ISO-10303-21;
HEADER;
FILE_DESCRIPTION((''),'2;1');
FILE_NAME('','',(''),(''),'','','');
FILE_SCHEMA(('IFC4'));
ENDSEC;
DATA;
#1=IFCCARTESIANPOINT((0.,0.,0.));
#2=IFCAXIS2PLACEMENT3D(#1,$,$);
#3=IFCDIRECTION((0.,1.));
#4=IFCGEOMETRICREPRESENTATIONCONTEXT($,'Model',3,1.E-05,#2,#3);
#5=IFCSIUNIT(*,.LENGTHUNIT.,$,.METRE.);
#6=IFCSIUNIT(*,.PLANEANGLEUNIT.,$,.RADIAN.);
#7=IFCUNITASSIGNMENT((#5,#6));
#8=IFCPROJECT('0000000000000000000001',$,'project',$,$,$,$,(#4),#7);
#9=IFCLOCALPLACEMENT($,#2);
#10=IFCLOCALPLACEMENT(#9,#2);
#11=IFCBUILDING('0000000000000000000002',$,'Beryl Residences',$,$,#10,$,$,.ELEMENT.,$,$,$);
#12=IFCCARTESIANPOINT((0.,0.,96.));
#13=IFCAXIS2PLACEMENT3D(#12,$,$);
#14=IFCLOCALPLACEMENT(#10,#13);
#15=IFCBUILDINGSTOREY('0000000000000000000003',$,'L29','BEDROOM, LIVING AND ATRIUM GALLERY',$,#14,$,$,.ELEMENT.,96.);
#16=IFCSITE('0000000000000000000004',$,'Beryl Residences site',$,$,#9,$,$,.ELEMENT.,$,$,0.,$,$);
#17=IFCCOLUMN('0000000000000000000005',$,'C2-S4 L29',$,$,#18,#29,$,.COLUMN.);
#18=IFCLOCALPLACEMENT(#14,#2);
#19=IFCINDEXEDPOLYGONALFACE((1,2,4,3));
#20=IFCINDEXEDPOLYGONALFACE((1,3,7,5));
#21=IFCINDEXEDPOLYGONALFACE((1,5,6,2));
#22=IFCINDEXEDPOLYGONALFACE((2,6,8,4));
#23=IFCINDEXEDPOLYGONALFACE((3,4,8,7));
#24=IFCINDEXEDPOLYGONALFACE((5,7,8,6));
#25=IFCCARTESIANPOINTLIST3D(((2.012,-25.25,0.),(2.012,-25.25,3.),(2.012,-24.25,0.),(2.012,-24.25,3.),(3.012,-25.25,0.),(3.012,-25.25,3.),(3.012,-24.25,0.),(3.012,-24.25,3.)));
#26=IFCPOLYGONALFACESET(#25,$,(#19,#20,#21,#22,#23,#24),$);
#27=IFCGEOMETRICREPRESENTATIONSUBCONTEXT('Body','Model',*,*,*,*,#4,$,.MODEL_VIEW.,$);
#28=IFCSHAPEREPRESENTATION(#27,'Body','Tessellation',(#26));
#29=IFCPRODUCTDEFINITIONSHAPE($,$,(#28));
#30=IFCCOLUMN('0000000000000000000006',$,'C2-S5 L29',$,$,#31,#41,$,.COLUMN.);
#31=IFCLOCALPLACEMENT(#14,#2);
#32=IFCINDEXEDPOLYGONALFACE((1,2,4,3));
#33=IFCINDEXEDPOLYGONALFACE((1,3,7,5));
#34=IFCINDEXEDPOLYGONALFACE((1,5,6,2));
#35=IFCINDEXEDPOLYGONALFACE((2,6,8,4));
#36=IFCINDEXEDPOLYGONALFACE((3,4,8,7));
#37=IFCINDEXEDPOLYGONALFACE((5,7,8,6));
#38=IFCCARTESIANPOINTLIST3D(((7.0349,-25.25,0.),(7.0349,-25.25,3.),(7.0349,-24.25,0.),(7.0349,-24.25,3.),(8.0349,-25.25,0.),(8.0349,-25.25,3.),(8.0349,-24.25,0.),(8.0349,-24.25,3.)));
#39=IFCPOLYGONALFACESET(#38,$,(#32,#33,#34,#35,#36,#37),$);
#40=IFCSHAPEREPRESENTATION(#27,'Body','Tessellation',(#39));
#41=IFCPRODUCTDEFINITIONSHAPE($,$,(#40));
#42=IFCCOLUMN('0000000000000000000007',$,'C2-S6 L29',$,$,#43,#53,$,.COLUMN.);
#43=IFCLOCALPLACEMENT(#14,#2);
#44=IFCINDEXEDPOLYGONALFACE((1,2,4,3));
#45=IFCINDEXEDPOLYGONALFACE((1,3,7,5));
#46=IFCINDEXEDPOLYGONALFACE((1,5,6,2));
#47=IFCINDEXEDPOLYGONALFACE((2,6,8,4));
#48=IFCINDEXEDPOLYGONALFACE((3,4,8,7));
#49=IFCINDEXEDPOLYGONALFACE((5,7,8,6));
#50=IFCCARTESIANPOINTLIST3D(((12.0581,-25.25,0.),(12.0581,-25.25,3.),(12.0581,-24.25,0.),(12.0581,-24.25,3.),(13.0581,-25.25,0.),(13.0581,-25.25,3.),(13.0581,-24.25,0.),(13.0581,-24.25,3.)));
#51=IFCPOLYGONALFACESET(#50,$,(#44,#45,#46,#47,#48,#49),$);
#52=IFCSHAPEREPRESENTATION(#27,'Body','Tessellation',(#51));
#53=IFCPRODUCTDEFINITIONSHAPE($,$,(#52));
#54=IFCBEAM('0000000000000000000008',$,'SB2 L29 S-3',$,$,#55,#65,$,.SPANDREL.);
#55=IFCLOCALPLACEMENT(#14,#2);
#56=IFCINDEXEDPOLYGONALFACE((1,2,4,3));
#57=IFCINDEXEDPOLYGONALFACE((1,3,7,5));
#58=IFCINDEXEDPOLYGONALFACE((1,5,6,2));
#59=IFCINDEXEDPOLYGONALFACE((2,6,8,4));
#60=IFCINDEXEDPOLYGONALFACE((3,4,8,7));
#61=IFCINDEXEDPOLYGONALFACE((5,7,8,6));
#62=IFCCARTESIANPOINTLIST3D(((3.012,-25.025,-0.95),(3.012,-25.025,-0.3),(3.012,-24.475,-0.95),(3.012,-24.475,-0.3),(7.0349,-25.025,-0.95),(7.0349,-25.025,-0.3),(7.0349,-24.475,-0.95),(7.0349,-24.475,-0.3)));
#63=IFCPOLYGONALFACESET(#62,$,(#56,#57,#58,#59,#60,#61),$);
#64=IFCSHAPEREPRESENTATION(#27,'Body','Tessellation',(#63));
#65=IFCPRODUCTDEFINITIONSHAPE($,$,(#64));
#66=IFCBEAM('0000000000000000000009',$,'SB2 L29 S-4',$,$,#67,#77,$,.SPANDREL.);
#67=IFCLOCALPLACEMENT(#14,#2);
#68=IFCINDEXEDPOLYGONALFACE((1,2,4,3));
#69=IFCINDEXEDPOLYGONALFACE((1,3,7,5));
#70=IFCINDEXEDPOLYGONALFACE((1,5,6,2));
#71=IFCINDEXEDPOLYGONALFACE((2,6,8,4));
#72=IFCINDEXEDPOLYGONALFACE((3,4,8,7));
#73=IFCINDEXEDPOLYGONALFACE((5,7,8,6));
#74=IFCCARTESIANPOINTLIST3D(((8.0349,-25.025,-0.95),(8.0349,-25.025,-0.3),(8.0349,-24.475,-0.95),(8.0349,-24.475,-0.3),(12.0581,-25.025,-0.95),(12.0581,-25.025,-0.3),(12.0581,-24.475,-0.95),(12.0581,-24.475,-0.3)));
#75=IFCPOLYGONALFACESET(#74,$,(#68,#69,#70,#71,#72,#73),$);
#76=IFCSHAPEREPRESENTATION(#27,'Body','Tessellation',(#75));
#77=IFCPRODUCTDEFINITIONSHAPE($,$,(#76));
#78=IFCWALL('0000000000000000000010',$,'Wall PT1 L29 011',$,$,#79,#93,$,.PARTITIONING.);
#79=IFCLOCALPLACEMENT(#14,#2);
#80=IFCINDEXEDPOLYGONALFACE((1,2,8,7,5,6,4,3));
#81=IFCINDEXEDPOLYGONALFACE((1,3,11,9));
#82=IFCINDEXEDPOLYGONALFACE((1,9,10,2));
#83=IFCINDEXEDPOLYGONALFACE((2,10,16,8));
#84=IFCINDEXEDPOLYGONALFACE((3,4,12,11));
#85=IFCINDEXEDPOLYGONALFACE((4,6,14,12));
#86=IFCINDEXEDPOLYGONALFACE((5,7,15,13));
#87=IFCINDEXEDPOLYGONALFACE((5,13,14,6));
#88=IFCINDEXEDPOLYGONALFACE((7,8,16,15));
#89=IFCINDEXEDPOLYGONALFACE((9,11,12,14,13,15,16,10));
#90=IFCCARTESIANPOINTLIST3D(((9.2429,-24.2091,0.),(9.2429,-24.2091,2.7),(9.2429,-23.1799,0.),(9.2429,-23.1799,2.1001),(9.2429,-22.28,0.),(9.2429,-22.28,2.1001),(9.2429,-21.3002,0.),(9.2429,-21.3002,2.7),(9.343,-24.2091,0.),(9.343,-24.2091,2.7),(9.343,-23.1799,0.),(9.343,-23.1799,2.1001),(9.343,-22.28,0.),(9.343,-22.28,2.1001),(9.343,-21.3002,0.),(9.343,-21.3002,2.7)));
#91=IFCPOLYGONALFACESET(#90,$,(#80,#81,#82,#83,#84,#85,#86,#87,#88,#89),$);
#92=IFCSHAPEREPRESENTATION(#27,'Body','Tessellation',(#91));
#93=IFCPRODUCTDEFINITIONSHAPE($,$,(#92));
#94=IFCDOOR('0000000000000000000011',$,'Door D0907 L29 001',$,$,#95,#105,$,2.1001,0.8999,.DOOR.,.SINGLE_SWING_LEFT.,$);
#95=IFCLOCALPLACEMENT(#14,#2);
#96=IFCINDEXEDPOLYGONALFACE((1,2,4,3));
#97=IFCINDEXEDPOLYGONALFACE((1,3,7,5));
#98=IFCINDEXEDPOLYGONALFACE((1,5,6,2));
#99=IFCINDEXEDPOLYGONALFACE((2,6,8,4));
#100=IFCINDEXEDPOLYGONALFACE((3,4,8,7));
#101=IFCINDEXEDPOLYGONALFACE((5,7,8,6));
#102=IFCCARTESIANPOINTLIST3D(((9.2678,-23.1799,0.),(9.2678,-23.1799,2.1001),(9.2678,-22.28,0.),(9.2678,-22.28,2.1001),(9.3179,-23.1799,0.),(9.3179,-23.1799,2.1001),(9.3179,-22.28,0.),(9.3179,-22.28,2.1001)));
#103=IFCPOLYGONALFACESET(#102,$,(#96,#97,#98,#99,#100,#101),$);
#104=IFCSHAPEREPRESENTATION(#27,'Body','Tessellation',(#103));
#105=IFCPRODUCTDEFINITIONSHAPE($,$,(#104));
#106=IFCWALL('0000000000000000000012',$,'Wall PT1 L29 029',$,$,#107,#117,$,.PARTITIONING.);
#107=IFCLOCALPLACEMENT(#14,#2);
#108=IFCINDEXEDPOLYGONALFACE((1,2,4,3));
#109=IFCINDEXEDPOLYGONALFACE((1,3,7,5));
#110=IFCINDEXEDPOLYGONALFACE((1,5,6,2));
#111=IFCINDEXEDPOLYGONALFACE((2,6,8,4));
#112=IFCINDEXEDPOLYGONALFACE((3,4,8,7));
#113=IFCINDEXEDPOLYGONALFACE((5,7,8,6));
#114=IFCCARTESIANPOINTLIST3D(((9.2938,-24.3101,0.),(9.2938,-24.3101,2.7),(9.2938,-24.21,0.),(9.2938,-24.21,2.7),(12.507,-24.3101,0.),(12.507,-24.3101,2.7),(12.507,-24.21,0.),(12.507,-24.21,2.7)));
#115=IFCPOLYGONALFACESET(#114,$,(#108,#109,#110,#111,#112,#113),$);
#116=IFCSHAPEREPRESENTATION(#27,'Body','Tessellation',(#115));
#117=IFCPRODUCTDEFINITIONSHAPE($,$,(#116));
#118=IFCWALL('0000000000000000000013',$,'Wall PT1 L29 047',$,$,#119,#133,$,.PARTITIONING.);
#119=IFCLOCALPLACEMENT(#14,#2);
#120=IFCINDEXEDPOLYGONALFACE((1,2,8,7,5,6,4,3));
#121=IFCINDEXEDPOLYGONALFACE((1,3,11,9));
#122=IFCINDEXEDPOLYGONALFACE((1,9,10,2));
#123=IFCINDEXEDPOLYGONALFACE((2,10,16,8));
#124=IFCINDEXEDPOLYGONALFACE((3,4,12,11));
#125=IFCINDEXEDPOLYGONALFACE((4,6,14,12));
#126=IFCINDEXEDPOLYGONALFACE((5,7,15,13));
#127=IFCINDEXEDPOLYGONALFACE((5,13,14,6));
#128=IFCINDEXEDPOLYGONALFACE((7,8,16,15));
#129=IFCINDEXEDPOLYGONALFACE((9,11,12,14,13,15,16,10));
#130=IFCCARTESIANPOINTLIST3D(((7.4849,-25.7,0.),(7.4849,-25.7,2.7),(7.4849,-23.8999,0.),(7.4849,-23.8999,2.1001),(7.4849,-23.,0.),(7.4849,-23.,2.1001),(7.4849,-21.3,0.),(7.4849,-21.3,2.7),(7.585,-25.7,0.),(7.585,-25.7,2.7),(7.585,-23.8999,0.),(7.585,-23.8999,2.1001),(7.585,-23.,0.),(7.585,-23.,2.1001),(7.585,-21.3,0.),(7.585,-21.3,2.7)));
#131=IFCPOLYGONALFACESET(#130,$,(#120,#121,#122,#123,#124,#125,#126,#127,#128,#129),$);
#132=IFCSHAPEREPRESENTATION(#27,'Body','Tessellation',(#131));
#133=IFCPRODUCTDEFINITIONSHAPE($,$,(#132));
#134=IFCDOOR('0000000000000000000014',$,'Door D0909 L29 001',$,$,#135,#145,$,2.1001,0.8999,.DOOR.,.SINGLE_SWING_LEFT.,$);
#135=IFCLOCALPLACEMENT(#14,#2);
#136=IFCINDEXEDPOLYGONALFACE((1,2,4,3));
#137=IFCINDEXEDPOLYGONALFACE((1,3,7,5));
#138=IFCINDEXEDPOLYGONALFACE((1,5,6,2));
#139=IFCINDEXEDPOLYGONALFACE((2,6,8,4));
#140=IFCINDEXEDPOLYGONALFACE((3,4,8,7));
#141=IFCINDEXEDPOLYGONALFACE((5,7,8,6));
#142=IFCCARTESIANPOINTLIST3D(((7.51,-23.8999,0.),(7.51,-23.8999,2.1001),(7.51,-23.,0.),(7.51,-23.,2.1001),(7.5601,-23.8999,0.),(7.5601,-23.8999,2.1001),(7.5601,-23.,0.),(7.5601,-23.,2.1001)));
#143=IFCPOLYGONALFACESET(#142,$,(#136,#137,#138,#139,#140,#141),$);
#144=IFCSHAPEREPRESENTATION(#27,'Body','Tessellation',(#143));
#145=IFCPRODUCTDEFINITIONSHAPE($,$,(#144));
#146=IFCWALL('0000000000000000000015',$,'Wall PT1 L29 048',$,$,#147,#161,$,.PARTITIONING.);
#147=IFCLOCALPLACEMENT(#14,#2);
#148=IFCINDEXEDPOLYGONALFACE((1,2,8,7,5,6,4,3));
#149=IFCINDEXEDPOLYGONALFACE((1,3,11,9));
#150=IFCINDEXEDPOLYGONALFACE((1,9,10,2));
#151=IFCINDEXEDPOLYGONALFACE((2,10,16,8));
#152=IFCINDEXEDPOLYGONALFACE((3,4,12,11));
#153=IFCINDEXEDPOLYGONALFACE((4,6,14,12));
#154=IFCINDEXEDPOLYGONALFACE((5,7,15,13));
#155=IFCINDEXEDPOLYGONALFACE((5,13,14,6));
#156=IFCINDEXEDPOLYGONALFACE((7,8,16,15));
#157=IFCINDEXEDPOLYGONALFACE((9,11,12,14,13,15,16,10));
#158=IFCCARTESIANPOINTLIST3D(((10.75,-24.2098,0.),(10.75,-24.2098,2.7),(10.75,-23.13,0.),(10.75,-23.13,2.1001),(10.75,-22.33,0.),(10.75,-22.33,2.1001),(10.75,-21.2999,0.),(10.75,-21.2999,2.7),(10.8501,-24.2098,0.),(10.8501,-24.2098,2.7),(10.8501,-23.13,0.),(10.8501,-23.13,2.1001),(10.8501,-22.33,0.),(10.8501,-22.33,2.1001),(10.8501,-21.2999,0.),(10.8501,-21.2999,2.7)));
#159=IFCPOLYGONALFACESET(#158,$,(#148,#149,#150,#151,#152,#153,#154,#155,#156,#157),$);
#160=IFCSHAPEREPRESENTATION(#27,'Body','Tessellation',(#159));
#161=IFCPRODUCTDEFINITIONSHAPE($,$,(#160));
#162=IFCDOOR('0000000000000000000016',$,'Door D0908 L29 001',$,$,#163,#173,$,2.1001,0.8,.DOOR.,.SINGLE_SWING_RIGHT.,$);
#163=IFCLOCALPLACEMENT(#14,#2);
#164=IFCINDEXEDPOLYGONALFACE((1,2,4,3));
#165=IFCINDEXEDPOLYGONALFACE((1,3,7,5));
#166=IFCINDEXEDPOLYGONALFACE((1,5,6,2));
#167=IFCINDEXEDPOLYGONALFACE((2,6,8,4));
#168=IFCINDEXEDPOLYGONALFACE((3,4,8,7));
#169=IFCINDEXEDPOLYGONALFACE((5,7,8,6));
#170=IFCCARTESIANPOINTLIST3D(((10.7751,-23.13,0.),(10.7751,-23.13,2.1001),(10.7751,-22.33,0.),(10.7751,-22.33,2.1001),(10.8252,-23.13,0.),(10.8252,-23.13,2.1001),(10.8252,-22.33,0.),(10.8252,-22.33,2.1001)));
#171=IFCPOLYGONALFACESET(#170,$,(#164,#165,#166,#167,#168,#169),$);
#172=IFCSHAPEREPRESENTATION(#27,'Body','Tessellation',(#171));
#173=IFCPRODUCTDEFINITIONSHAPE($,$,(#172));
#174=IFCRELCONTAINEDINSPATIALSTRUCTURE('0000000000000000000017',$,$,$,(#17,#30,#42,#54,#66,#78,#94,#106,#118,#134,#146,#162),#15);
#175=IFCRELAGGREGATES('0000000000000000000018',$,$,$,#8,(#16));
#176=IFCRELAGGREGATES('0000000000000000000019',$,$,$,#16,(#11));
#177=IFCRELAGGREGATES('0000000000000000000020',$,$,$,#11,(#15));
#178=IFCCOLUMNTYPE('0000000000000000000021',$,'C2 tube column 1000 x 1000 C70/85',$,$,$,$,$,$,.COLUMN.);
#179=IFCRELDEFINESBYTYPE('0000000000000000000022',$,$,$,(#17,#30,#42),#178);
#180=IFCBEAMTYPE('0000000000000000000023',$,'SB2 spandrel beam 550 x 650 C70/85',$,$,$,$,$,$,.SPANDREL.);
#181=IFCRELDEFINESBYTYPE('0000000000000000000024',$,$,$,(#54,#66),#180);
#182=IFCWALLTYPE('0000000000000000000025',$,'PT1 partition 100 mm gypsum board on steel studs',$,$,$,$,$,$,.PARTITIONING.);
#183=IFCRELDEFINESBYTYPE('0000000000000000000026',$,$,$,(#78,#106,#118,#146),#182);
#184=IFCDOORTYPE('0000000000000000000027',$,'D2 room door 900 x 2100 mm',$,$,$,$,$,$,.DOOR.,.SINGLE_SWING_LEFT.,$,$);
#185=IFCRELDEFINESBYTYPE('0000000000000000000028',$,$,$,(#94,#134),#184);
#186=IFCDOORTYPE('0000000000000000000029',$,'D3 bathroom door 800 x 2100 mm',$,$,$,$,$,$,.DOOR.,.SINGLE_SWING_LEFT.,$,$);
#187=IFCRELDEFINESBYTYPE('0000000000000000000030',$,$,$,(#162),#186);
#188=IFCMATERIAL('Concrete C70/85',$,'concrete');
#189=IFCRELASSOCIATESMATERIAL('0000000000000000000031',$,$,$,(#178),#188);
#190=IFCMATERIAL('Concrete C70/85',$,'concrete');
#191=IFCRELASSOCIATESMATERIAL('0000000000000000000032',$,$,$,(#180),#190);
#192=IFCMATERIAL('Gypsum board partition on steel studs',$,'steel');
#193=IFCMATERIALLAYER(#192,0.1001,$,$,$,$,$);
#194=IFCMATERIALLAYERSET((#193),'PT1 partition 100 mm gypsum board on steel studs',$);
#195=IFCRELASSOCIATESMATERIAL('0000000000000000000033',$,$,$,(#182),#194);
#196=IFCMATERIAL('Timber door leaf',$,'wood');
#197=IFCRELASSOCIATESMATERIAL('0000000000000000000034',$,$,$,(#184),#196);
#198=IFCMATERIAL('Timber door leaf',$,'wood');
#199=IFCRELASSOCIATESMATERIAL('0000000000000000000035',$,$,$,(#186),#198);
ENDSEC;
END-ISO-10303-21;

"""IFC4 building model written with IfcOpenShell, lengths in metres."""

from ifc_helpers import new_model, si_unit, direction, frame, frame_2d, origin, origin_2d, place, context, subcontext, project, spatial, rectangle, extrude, material, layer, layer_set, material_profile, profile_set, type_object, element, fill, save


model = new_model("IFC4")

# Units and contexts
model_context = context("Model", 3, precision=1e-05, world=origin(), true_north=direction((0.0, 1.0)))
body_context = subcontext(model_context, "Body", "Model", "MODEL_VIEW")
ifc_project = project(units=[si_unit("LENGTHUNIT", "METRE"), si_unit("PLANEANGLEUNIT", "RADIAN")], contexts=[model_context])

# Site, building, storey
site_placement = place(None, origin())
site = spatial("IfcSite", under=ifc_project, at=site_placement, Name="Beryl Residences site", CompositionType="ELEMENT", RefElevation=0.0)
building_placement = place(site_placement, origin())
building = spatial("IfcBuilding", under=site, at=building_placement, Name="Beryl Residences", CompositionType="ELEMENT")
storey_placement = place(building_placement, frame((0.0, 0.0, 96.0)))
storey = spatial("IfcBuildingStorey", under=building, at=storey_placement, Name="L29", Description="BEDROOM, LIVING AND ATRIUM GALLERY", CompositionType="ELEMENT", Elevation=96.0)

# Columns
ifc_material_1 = material(Name="Concrete C70/85", Category="concrete")
ifc_material_profile_1 = material_profile(ifc_material_1, rectangle(XDim=1.0, YDim=1.0, at=origin_2d()))
ifc_profile_set_1 = profile_set([ifc_material_profile_1], Name="Concrete C70/85")
column_type = type_object("IfcColumnType", Name="C2 tube column 1000 x 1000 C70/85", PredefinedType="COLUMN", material=ifc_profile_set_1)
for number, where, z_axis, x_axis, name in (
    (1, (2.512, -24.75, 0.0), (0.0, 0.0, 1.0), (1.0, 0.0, 0.0), "C2-S4 L29"),
    (2, (7.5349, -24.75, 0.0), (0.0, 0.0, 1.0), (1.0, 0.0, 0.0), "C2-S5 L29"),
    (3, (12.5581, -24.75, 0.0), (0.0, 0.0, 1.0), (1.0, 0.0, 0.0), "C2-S6 L29"),
):
    element("IfcColumn", number, at=place(storey_placement, frame(where, z_axis=z_axis, x_axis=x_axis)), inside=storey, type_object=column_type, Name=name, PredefinedType="COLUMN", context=body_context, shape_type="SweptSolid", body=[
        extrude(rectangle(XDim=1.0, YDim=1.0, at=origin_2d()), origin(), (0.0, 0.0, 1.0), 3.0),
    ])

# Beams
ifc_material_2 = material(Name="Concrete C70/85", Category="concrete")
ifc_material_profile_2 = material_profile(ifc_material_2, rectangle(XDim=0.55, YDim=0.6499, at=origin_2d()))
ifc_profile_set_2 = profile_set([ifc_material_profile_2], Name="Concrete C70/85")
beam_type = type_object("IfcBeamType", Name="SB2 spandrel beam 550 x 650 C70/85", PredefinedType="SPANDREL", material=ifc_profile_set_2)
beam_1_placement = place(storey_placement, frame((3.012, -24.75, -0.625), z_axis=(1.0, 0.0, 0.0), x_axis=(0.0, 1.0, 0.0)))
element("IfcBeam", 4, at=beam_1_placement, inside=storey, type_object=beam_type, Name="SB2 L29 S-3", PredefinedType="SPANDREL", context=body_context, shape_type="SweptSolid", body=[
    extrude(rectangle(XDim=0.55, YDim=0.6499, at=origin_2d()), origin(), (0.0, 0.0, 1.0), 4.0229),
])
beam_2_placement = place(storey_placement, frame((8.0349, -24.75, -0.625), z_axis=(1.0, 0.0, 0.0), x_axis=(0.0, 1.0, 0.0)))
element("IfcBeam", 5, at=beam_2_placement, inside=storey, type_object=beam_type, Name="SB2 L29 S-4", PredefinedType="SPANDREL", context=body_context, shape_type="SweptSolid", body=[
    extrude(rectangle(XDim=0.55, YDim=0.6499, at=origin_2d()), origin(), (0.0, 0.0, 1.0), 4.0232),
])

# Wall, opening, door
ifc_material_3 = material(Name="Gypsum board partition on steel studs", Category="steel")
ifc_layer_1 = layer(ifc_material_3, 0.1001)
ifc_layer_set_1 = layer_set([ifc_layer_1], Name="PT1 partition 100 mm gypsum board on steel studs")
wall_type_1 = type_object("IfcWallType", Name="PT1 partition 100 mm gypsum board on steel studs", PredefinedType="PARTITIONING", material=ifc_layer_set_1)
wall_1_placement = place(storey_placement, frame((9.293, -21.3, 0.0), z_axis=(0.0, 0.0, 1.0), x_axis=(0.0, -1.0, 0.0)))
wall_1 = element("IfcWall", 6, at=wall_1_placement, inside=storey, type_object=wall_type_1, Name="Wall PT1 L29 011", PredefinedType="PARTITIONING", context=body_context, shape_type="SweptSolid", body=[
    extrude(rectangle(XDim=2.9089, YDim=0.1001, at=frame_2d((1.4546, 0.0))), origin(), (0.0, 0.0, 1.0), 2.7),
])
opening_1_placement = place(wall_1_placement, frame((0.98, 0.0, 0.0)))
opening_1 = element("IfcOpeningElement", 7, at=opening_1_placement, cuts=wall_1, PredefinedType="OPENING", context=body_context, shape_type="SweptSolid", body=[
    extrude(rectangle(XDim=0.8999, YDim=2.1001, at=frame_2d((0.45, 1.05))), frame((0.0, 0.0601, 0.0), z_axis=(0.0, -1.0, 0.0), x_axis=(1.0, 0.0, 0.0)), (0.0, 0.0, 1.0), 0.1201),
])
ifc_material_4 = material(Name="Timber door leaf", Category="wood")
door_type_1 = type_object("IfcDoorType", Name="D2 room door 900 x 2100 mm", OperationType="SINGLE_SWING_LEFT", PredefinedType="DOOR", material=ifc_material_4)
door_1_placement = place(opening_1_placement, origin())
door_1 = element("IfcDoor", 8, at=door_1_placement, inside=storey, type_object=door_type_1, Name="Door D0907 L29 001", OperationType="SINGLE_SWING_LEFT", OverallHeight=2.1001, OverallWidth=0.8999, PredefinedType="DOOR", context=body_context, shape_type="SweptSolid", body=[
    extrude(rectangle(XDim=0.8999, YDim=2.1001, at=frame_2d((0.45, 1.05))), frame((0.0, 0.0249, 0.0), z_axis=(0.0, -1.0, 0.0), x_axis=(1.0, 0.0, 0.0)), (0.0, 0.0, 1.0), 0.05),
])
fill(opening_1, door_1)

# Wall
wall_2_placement = place(storey_placement, frame((9.2939, -24.26, 0.0), z_axis=(0.0, 0.0, 1.0), x_axis=(1.0, 0.0, 0.0)))
element("IfcWall", 9, at=wall_2_placement, inside=storey, type_object=wall_type_1, Name="Wall PT1 L29 029", PredefinedType="PARTITIONING", context=body_context, shape_type="SweptSolid", body=[
    extrude(rectangle(XDim=3.2131, YDim=0.1001, at=frame_2d((1.6064, 0.0))), origin(), (0.0, 0.0, 1.0), 2.7),
])

# Walls, openings, doors
wall_3_placement = place(storey_placement, frame((7.5349, -25.7, 0.0), z_axis=(0.0, 0.0, 1.0), x_axis=(0.0, 1.0, 0.0)))
wall_3 = element("IfcWall", 10, at=wall_3_placement, inside=storey, type_object=wall_type_1, Name="Wall PT1 L29 047", PredefinedType="PARTITIONING", context=body_context, shape_type="SweptSolid", body=[
    extrude(rectangle(XDim=4.3999, YDim=0.1001, at=frame_2d((2.2, 0.0))), origin(), (0.0, 0.0, 1.0), 2.7),
])
opening_2_placement = place(wall_3_placement, frame((1.8, 0.0, 0.0)))
opening_2 = element("IfcOpeningElement", 11, at=opening_2_placement, cuts=wall_3, PredefinedType="OPENING", context=body_context, shape_type="SweptSolid", body=[
    extrude(rectangle(XDim=0.8999, YDim=2.1001, at=frame_2d((0.45, 1.05))), frame((0.0, 0.0601, 0.0), z_axis=(0.0, -1.0, 0.0), x_axis=(1.0, 0.0, 0.0)), (0.0, 0.0, 1.0), 0.1201),
])
door_2_placement = place(opening_2_placement, origin())
door_2 = element("IfcDoor", 12, at=door_2_placement, inside=storey, type_object=door_type_1, Name="Door D0909 L29 001", OperationType="SINGLE_SWING_LEFT", OverallHeight=2.1001, OverallWidth=0.8999, PredefinedType="DOOR", context=body_context, shape_type="SweptSolid", body=[
    extrude(rectangle(XDim=0.8999, YDim=2.1001, at=frame_2d((0.45, 1.05))), frame((0.0, 0.0249, 0.0), z_axis=(0.0, -1.0, 0.0), x_axis=(1.0, 0.0, 0.0)), (0.0, 0.0, 1.0), 0.05),
])
fill(opening_2, door_2)
wall_4_placement = place(storey_placement, frame((10.8, -24.21, 0.0), z_axis=(0.0, 0.0, 1.0), x_axis=(0.0, 1.0, 0.0)))
wall_4 = element("IfcWall", 13, at=wall_4_placement, inside=storey, type_object=wall_type_1, Name="Wall PT1 L29 048", PredefinedType="PARTITIONING", context=body_context, shape_type="SweptSolid", body=[
    extrude(rectangle(XDim=2.9099, YDim=0.1001, at=frame_2d((1.4551, 0.0))), origin(), (0.0, 0.0, 1.0), 2.7),
])
opening_3_placement = place(wall_4_placement, frame((1.0801, 0.0, 0.0)))
opening_3 = element("IfcOpeningElement", 14, at=opening_3_placement, cuts=wall_4, PredefinedType="OPENING", context=body_context, shape_type="SweptSolid", body=[
    extrude(rectangle(XDim=0.8, YDim=2.1001, at=frame_2d((0.3999, 1.05))), frame((0.0, 0.0601, 0.0), z_axis=(0.0, -1.0, 0.0), x_axis=(1.0, 0.0, 0.0)), (0.0, 0.0, 1.0), 0.1201),
])
ifc_material_5 = material(Name="Timber door leaf", Category="wood")
door_type_2 = type_object("IfcDoorType", Name="D3 bathroom door 800 x 2100 mm", OperationType="SINGLE_SWING_LEFT", PredefinedType="DOOR", material=ifc_material_5)
door_3_placement = place(opening_3_placement, origin())
door_3 = element("IfcDoor", 15, at=door_3_placement, inside=storey, type_object=door_type_2, Name="Door D0908 L29 001", OperationType="SINGLE_SWING_RIGHT", OverallHeight=2.1001, OverallWidth=0.8, PredefinedType="DOOR", context=body_context, shape_type="SweptSolid", body=[
    extrude(rectangle(XDim=0.8, YDim=2.1001, at=frame_2d((0.3999, 1.05))), frame((0.0, 0.0249, 0.0), z_axis=(0.0, -1.0, 0.0), x_axis=(1.0, 0.0, 0.0)), (0.0, 0.0, 1.0), 0.05),
])
fill(opening_3, door_3)

save(model, "model.ifc")
